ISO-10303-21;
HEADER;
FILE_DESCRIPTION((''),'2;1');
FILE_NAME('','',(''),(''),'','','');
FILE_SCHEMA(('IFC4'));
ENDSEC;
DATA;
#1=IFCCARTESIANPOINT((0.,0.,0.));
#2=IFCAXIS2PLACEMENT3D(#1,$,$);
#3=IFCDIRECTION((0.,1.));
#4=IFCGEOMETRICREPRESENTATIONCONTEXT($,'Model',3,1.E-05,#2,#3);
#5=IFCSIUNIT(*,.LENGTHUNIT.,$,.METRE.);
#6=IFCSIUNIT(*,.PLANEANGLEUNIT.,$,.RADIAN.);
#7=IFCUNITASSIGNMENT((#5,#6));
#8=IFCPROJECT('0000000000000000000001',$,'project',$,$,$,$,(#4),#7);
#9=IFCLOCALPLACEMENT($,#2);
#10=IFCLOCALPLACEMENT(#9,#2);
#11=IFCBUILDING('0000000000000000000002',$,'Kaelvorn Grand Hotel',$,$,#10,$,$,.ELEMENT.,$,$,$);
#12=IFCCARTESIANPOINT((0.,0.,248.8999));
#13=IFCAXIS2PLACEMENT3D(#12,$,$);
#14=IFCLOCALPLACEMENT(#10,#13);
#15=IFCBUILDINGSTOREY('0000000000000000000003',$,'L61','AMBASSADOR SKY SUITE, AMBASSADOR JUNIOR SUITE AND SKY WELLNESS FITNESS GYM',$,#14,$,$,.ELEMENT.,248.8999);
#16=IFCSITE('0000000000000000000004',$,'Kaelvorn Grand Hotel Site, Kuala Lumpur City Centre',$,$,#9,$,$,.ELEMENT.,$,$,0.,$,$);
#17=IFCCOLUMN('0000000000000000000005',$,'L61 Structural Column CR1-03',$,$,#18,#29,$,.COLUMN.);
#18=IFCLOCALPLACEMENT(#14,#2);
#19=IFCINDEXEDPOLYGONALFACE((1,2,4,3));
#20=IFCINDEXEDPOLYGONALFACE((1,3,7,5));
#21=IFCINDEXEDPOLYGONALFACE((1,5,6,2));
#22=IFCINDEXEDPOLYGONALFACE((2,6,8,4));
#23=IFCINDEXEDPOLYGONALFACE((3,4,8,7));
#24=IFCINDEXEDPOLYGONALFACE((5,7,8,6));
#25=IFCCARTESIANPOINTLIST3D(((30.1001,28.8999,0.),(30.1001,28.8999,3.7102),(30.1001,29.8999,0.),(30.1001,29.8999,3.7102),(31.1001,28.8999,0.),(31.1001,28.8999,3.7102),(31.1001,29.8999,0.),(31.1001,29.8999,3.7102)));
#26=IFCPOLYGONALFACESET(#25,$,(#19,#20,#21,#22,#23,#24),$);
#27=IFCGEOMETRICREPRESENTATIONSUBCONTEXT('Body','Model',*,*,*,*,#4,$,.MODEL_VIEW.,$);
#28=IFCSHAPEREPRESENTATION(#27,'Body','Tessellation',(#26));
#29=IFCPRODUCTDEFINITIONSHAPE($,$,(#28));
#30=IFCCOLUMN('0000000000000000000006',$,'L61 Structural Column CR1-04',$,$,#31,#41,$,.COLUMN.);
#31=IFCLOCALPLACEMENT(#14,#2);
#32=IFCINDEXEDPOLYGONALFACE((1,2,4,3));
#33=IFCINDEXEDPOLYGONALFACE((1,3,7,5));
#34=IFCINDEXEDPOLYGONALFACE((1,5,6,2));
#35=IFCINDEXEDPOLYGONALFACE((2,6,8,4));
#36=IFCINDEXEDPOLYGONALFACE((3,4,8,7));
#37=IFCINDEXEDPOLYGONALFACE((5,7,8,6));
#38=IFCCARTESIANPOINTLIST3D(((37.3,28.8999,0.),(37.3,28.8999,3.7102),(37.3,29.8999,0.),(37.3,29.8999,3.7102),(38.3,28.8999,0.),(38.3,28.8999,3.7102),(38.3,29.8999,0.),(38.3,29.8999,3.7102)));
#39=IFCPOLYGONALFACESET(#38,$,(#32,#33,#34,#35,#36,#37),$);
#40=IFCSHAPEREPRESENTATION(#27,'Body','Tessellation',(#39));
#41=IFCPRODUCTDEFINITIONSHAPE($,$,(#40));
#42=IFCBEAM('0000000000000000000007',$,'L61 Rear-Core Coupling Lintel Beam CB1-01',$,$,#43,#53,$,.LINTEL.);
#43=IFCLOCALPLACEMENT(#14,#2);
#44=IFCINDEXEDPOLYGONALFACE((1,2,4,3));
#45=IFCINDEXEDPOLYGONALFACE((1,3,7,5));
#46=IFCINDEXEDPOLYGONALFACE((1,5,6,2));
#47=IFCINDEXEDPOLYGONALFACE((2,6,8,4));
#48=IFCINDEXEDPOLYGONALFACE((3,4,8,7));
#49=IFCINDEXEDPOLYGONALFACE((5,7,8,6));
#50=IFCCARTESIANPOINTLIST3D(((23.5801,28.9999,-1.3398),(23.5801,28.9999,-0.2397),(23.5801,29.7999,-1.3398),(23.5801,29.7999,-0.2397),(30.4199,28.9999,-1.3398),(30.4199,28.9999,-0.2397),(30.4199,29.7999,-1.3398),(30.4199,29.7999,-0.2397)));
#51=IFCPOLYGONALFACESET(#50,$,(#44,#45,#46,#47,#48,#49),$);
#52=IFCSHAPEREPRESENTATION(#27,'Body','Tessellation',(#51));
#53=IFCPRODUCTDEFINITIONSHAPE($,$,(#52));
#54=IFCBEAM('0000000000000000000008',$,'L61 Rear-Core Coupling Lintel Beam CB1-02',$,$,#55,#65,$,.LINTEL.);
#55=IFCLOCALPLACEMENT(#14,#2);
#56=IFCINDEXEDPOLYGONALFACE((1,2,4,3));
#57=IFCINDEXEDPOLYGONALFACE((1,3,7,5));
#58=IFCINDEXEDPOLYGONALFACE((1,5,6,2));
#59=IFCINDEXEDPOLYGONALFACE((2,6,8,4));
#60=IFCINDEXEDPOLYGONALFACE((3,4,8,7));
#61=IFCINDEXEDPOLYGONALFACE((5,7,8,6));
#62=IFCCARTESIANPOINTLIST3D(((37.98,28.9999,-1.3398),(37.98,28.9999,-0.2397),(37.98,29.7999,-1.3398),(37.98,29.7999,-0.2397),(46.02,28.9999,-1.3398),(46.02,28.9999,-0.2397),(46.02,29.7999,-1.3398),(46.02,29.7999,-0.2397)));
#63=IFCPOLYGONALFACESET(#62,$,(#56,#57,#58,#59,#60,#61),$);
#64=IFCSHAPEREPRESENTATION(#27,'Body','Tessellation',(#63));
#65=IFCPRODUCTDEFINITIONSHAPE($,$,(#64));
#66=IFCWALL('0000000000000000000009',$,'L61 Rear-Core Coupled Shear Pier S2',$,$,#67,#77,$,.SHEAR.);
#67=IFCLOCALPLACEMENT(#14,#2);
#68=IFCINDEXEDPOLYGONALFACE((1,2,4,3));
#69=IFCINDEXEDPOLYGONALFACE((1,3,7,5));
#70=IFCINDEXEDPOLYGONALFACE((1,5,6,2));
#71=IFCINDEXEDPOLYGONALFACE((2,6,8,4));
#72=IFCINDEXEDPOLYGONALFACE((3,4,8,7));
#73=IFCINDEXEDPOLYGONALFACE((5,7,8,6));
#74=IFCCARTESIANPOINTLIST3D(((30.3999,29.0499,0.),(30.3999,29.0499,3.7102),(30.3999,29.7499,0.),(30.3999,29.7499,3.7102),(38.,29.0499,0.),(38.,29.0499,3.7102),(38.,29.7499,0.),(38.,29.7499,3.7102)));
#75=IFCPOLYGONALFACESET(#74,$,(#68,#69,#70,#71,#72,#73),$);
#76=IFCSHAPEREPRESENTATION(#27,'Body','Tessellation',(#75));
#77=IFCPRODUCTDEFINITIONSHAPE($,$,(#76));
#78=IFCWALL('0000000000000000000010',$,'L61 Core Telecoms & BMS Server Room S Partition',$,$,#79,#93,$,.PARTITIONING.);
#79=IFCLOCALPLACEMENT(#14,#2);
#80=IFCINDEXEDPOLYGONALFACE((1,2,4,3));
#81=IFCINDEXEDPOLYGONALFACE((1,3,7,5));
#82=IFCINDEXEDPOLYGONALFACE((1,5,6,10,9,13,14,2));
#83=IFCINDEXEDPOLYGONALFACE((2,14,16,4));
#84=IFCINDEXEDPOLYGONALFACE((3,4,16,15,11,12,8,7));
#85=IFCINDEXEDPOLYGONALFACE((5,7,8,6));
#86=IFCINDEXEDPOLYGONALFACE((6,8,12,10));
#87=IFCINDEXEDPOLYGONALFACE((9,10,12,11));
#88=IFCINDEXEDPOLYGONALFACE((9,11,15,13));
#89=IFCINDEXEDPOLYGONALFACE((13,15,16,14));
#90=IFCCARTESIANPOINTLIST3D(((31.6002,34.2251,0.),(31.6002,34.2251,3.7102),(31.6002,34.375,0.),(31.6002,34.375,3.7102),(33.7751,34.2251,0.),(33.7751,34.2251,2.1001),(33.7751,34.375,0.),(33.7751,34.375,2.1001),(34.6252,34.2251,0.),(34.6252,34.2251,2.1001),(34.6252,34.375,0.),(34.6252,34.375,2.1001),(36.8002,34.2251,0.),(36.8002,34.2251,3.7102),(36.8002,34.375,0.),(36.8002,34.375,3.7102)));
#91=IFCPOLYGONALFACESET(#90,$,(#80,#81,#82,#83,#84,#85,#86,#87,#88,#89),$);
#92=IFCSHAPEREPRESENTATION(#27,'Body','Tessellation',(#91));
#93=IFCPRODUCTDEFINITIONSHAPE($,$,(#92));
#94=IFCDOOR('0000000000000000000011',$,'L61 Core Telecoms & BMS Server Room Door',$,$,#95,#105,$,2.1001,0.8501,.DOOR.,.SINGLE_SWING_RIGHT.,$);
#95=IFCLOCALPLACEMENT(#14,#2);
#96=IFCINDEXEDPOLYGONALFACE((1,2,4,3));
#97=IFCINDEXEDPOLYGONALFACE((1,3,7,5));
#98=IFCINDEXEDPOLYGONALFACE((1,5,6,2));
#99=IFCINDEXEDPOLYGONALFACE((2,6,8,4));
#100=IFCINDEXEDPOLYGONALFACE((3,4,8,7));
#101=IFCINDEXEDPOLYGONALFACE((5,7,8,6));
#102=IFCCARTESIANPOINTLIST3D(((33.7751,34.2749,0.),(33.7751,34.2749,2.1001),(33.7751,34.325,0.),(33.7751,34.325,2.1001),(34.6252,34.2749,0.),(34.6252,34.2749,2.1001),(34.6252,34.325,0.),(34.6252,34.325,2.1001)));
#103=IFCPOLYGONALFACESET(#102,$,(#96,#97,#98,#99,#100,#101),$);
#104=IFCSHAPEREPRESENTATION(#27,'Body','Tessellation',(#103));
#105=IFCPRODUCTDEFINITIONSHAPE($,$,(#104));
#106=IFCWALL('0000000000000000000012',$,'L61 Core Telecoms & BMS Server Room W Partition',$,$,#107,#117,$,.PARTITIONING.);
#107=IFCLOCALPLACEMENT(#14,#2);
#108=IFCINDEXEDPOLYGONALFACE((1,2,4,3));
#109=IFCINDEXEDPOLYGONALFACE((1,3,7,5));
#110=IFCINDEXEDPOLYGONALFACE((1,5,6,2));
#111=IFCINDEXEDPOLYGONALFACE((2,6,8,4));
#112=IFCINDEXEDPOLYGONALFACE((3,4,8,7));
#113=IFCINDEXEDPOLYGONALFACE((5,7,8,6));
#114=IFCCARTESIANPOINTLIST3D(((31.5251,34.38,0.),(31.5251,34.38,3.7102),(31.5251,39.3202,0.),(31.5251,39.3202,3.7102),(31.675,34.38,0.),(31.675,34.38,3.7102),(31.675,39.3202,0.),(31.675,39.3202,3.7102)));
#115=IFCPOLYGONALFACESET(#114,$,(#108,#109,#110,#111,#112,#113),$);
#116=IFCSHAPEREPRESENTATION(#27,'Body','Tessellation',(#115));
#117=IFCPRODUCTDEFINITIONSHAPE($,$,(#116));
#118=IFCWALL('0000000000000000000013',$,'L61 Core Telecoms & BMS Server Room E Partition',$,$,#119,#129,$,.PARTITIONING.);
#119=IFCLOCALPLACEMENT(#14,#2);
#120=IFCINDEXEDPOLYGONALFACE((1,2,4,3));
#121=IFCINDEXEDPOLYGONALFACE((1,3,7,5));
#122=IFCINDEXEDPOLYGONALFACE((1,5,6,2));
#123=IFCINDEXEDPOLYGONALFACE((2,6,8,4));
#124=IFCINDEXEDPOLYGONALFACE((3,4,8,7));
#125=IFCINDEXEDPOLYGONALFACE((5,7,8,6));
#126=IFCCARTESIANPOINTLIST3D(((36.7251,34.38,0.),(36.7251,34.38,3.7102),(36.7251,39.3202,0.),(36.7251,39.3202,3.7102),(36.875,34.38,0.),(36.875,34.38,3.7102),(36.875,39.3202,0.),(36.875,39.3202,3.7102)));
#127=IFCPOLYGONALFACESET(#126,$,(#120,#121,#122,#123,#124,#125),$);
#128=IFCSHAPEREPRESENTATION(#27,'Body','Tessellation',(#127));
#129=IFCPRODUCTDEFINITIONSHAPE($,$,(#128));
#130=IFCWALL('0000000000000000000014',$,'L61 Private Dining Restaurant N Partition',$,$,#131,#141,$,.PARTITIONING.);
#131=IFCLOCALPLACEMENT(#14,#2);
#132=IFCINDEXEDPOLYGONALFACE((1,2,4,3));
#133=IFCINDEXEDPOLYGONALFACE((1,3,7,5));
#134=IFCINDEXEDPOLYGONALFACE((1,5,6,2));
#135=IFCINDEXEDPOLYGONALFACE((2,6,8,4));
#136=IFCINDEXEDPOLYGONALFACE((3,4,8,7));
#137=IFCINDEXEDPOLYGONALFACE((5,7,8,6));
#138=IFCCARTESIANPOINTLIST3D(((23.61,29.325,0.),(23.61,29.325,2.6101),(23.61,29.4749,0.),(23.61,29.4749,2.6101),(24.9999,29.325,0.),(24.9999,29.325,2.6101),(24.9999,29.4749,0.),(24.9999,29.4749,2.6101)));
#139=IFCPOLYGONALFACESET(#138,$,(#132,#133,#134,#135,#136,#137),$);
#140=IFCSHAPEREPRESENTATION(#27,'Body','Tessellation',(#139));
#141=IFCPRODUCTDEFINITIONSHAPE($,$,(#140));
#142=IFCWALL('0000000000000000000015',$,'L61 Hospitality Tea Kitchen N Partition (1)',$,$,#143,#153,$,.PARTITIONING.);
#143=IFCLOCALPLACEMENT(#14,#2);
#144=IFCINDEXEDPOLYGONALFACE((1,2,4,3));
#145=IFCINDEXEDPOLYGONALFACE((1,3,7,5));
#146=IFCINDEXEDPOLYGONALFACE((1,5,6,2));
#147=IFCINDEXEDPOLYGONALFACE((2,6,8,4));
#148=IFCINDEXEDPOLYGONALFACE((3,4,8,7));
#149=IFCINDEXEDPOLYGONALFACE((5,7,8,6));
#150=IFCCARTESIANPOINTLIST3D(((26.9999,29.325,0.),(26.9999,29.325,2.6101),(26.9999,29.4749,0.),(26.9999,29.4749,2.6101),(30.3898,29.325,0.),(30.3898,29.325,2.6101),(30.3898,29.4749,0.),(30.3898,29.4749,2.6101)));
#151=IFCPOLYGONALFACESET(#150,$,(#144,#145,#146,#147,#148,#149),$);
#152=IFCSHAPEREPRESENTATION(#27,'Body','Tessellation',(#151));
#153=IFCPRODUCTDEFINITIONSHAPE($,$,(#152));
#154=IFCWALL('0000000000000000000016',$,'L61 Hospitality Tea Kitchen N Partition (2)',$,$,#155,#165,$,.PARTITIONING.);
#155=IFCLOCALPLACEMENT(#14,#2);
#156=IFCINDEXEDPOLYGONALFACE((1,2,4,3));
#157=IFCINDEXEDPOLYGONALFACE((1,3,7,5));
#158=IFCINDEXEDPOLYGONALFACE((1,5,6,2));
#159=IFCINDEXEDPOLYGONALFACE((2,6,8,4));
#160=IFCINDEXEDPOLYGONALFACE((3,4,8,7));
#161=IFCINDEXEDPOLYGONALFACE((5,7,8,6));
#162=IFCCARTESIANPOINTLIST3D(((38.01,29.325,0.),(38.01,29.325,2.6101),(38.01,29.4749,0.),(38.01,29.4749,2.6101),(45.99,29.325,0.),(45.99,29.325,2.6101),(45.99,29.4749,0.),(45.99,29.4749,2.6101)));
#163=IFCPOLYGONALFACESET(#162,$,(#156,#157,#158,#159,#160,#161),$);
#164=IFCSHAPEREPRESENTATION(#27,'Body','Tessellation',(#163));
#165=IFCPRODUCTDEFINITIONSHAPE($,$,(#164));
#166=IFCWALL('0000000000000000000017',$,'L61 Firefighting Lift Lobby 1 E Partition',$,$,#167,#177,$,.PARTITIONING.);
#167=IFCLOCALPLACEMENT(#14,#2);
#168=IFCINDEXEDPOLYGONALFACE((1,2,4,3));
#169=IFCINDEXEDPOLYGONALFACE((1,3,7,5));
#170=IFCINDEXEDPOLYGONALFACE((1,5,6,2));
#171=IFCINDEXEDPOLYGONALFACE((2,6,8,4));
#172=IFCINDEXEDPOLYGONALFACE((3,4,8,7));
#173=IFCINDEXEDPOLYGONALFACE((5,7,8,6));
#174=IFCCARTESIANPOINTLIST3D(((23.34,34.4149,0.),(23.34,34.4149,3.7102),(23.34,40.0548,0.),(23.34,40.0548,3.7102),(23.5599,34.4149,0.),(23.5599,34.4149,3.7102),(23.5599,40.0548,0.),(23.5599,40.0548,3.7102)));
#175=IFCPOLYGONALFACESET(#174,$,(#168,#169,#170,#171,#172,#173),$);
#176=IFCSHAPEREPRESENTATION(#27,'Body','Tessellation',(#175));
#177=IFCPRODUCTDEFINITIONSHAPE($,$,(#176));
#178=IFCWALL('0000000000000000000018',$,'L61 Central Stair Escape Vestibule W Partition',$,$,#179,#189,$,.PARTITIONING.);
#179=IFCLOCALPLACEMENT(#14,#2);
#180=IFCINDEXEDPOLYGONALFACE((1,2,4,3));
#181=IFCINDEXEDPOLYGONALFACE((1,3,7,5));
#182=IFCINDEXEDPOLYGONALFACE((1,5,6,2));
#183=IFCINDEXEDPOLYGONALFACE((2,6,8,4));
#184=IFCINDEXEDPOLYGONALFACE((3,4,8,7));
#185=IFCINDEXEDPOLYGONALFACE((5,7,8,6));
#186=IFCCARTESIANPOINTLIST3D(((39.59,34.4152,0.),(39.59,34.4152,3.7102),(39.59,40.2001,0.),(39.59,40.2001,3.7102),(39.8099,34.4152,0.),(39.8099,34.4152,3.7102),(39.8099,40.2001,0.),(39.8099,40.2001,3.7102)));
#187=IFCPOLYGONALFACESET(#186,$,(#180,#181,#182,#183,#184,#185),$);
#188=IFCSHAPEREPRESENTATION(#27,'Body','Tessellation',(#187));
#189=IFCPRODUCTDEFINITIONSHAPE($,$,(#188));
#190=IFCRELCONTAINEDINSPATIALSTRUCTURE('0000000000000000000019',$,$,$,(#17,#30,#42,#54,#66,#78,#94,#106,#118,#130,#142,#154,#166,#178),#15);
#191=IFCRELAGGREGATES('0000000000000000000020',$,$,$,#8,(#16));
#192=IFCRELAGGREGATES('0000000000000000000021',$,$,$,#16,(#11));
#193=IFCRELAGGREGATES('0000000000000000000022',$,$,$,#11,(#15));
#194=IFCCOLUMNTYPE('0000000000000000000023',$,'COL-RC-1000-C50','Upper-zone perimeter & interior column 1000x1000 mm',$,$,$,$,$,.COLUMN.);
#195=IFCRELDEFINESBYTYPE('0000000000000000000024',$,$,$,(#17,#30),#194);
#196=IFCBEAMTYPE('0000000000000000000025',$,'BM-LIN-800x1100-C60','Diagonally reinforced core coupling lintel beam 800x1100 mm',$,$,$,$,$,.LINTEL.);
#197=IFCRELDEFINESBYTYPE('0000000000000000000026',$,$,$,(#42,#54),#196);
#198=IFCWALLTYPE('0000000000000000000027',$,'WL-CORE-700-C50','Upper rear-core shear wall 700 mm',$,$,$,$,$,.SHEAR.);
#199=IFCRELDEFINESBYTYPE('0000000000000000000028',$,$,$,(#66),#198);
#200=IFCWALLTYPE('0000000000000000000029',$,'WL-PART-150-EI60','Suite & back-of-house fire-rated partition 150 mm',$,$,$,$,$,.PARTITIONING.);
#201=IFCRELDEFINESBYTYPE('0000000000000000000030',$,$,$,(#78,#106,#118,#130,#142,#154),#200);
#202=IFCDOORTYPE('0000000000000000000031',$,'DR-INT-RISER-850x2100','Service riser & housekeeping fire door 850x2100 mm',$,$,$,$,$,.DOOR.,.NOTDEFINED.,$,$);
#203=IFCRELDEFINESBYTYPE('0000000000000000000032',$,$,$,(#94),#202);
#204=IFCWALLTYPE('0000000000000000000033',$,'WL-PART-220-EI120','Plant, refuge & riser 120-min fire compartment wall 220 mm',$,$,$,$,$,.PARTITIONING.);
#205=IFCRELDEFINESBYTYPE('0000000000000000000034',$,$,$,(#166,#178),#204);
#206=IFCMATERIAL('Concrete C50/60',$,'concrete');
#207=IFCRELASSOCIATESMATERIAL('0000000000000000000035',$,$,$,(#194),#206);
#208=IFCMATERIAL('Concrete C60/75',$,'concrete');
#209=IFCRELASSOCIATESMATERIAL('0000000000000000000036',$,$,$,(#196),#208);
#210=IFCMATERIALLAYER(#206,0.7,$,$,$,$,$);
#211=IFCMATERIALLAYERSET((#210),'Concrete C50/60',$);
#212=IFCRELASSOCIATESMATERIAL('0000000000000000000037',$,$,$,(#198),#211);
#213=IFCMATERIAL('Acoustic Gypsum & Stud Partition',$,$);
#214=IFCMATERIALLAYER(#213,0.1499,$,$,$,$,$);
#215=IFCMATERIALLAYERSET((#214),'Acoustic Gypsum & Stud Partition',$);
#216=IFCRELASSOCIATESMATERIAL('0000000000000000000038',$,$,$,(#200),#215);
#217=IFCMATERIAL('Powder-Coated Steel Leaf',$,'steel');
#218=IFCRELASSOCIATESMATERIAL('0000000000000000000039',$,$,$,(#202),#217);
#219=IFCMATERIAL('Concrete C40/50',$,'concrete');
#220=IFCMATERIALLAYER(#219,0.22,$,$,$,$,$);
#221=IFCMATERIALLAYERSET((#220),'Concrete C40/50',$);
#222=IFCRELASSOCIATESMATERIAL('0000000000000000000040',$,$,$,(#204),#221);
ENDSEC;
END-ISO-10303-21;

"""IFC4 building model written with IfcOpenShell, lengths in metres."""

from ifc_helpers import new_model, si_unit, direction, frame, frame_2d, origin, origin_2d, place, context, subcontext, project, spatial, rectangle, extrude, material, layer, layer_set, material_profile, profile_set, type_object, element, fill, save


model = new_model("IFC4")

# Units and contexts
model_context = context("Model", 3, precision=1e-05, world=origin(), true_north=direction((0.0, 1.0)))
body_context = subcontext(model_context, "Body", "Model", "MODEL_VIEW")
ifc_project = project(units=[si_unit("LENGTHUNIT", "METRE"), si_unit("PLANEANGLEUNIT", "RADIAN")], contexts=[model_context])

# Site, building, storey
site_placement = place(None, origin())
site = spatial("IfcSite", under=ifc_project, at=site_placement, Name="Kaelvorn Grand Hotel Site, Kuala Lumpur City Centre", CompositionType="ELEMENT", RefElevation=0.0)
building_placement = place(site_placement, origin())
building = spatial("IfcBuilding", under=site, at=building_placement, Name="Kaelvorn Grand Hotel", CompositionType="ELEMENT")
storey_placement = place(building_placement, frame((0.0, 0.0, 248.8999)))
storey = spatial("IfcBuildingStorey", under=building, at=storey_placement, Name="L61", Description="AMBASSADOR SKY SUITE, AMBASSADOR JUNIOR SUITE AND SKY WELLNESS FITNESS GYM", CompositionType="ELEMENT", Elevation=248.8999)

# Columns
ifc_material_1 = material(Name="Concrete C50/60", Category="concrete")
ifc_material_profile_1 = material_profile(ifc_material_1, rectangle(XDim=1.0, YDim=1.0, at=origin_2d()), Name="RC COL 1000x1000")
ifc_profile_set_1 = profile_set([ifc_material_profile_1], Name="Concrete C50/60")
column_type = type_object("IfcColumnType", Name="COL-RC-1000-C50", Description="Upper-zone perimeter & interior column 1000x1000 mm", PredefinedType="COLUMN", material=ifc_profile_set_1)
for number, where, z_axis, x_axis, name in (
    (1, (30.6001, 29.3999, 0.0), (0.0, 0.0, 1.0), (1.0, 0.0, 0.0), "L61 Structural Column CR1-03"),
    (2, (37.8, 29.3999, 0.0), (0.0, 0.0, 1.0), (1.0, 0.0, 0.0), "L61 Structural Column CR1-04"),
):
    element("IfcColumn", number, at=place(storey_placement, frame(where, z_axis=z_axis, x_axis=x_axis)), inside=storey, type_object=column_type, Name=name, PredefinedType="COLUMN", context=body_context, shape_type="SweptSolid", body=[
        extrude(rectangle(XDim=1.0, YDim=1.0, at=origin_2d()), origin(), (0.0, 0.0, 1.0), 3.7102),
    ])

# Beams
ifc_material_2 = material(Name="Concrete C60/75", Category="concrete")
ifc_material_profile_2 = material_profile(ifc_material_2, rectangle(XDim=0.8, YDim=1.1001, at=origin_2d()), Name="RC LINTEL 800x1100")
ifc_profile_set_2 = profile_set([ifc_material_profile_2], Name="Concrete C60/75")
beam_type = type_object("IfcBeamType", Name="BM-LIN-800x1100-C60", Description="Diagonally reinforced core coupling lintel beam 800x1100 mm", PredefinedType="LINTEL", material=ifc_profile_set_2)
beam_1_placement = place(storey_placement, frame((23.5801, 29.3999, -0.7898), z_axis=(1.0, 0.0, 0.0), x_axis=(0.0, 1.0, 0.0)))
element("IfcBeam", 3, at=beam_1_placement, inside=storey, type_object=beam_type, Name="L61 Rear-Core Coupling Lintel Beam CB1-01", PredefinedType="LINTEL", context=body_context, shape_type="SweptSolid", body=[
    extrude(rectangle(XDim=0.8, YDim=1.1001, at=origin_2d()), origin(), (0.0, 0.0, 1.0), 6.8398),
])
beam_2_placement = place(storey_placement, frame((37.98, 29.3999, -0.7898), z_axis=(1.0, 0.0, 0.0), x_axis=(0.0, 1.0, 0.0)))
element("IfcBeam", 4, at=beam_2_placement, inside=storey, type_object=beam_type, Name="L61 Rear-Core Coupling Lintel Beam CB1-02", PredefinedType="LINTEL", context=body_context, shape_type="SweptSolid", body=[
    extrude(rectangle(XDim=0.8, YDim=1.1001, at=origin_2d()), origin(), (0.0, 0.0, 1.0), 8.04),
])

# Wall
ifc_layer_1 = layer(ifc_material_1, 0.7)
ifc_layer_set_1 = layer_set([ifc_layer_1], Name="Concrete C50/60")
wall_type_1 = type_object("IfcWallType", Name="WL-CORE-700-C50", Description="Upper rear-core shear wall 700 mm", PredefinedType="SHEAR", material=ifc_layer_set_1)
wall_1_placement = place(storey_placement, frame((30.3999, 29.3999, 0.0), z_axis=(0.0, 0.0, 1.0), x_axis=(1.0, 0.0, 0.0)))
element("IfcWall", 5, at=wall_1_placement, inside=storey, type_object=wall_type_1, Name="L61 Rear-Core Coupled Shear Pier S2", PredefinedType="SHEAR", context=body_context, shape_type="SweptSolid", body=[
    extrude(rectangle(XDim=7.6001, YDim=0.7, at=frame_2d((3.8, 0.0))), origin(), (0.0, 0.0, 1.0), 3.7102),
])

# Wall, opening, door
ifc_material_3 = material(Name="Acoustic Gypsum & Stud Partition")
ifc_layer_2 = layer(ifc_material_3, 0.1499)
ifc_layer_set_2 = layer_set([ifc_layer_2], Name="Acoustic Gypsum & Stud Partition")
wall_type_2 = type_object("IfcWallType", Name="WL-PART-150-EI60", Description="Suite & back-of-house fire-rated partition 150 mm", PredefinedType="PARTITIONING", material=ifc_layer_set_2)
wall_2_placement = place(storey_placement, frame((31.6001, 34.3, 0.0), z_axis=(0.0, 0.0, 1.0), x_axis=(1.0, 0.0, 0.0)))
wall_2 = element("IfcWall", 6, at=wall_2_placement, inside=storey, type_object=wall_type_2, Name="L61 Core Telecoms & BMS Server Room S Partition", PredefinedType="PARTITIONING", context=body_context, shape_type="SweptSolid", body=[
    extrude(rectangle(XDim=5.2, YDim=0.1499, at=frame_2d((2.6001, 0.0))), origin(), (0.0, 0.0, 1.0), 3.7102),
])
opening_1_placement = place(wall_2_placement, frame((2.175, 0.0, 0.0)))
opening_1 = element("IfcOpeningElement", 7, at=opening_1_placement, cuts=wall_2, PredefinedType="OPENING", context=body_context, shape_type="SweptSolid", body=[
    extrude(rectangle(XDim=0.8501, YDim=2.1001, at=frame_2d((0.425, 1.05))), frame((0.0, 0.085, 0.0), z_axis=(0.0, -1.0, 0.0), x_axis=(1.0, 0.0, 0.0)), (0.0, 0.0, 1.0), 0.1699),
])
ifc_material_4 = material(Name="Powder-Coated Steel Leaf", Category="steel")
door_type_1 = type_object("IfcDoorType", Name="DR-INT-RISER-850x2100", Description="Service riser & housekeeping fire door 850x2100 mm", OperationType="NOTDEFINED", PredefinedType="DOOR", material=ifc_material_4)
door_1_placement = place(opening_1_placement, origin())
door_1 = element("IfcDoor", 8, at=door_1_placement, inside=storey, type_object=door_type_1, Name="L61 Core Telecoms & BMS Server Room Door", OperationType="SINGLE_SWING_RIGHT", OverallHeight=2.1001, OverallWidth=0.8501, PredefinedType="DOOR", context=body_context, shape_type="SweptSolid", body=[
    extrude(rectangle(XDim=0.8501, YDim=2.1001, at=frame_2d((0.425, 1.05))), frame((0.0, 0.0249, 0.0), z_axis=(0.0, -1.0, 0.0), x_axis=(1.0, 0.0, 0.0)), (0.0, 0.0, 1.0), 0.05),
])
fill(opening_1, door_1)

# Walls
for number, where, z_axis, x_axis, name in (
    (9, (31.6001, 34.3799, 0.0), (0.0, 0.0, 1.0), (0.0, 1.0, 0.0), "L61 Core Telecoms & BMS Server Room W Partition"),
    (10, (36.8, 34.3799, 0.0), (0.0, 0.0, 1.0), (0.0, 1.0, 0.0), "L61 Core Telecoms & BMS Server Room E Partition"),
):
    element("IfcWall", number, at=place(storey_placement, frame(where, z_axis=z_axis, x_axis=x_axis)), inside=storey, type_object=wall_type_2, Name=name, PredefinedType="PARTITIONING", context=body_context, shape_type="SweptSolid", body=[
        extrude(rectangle(XDim=4.9402, YDim=0.1499, at=frame_2d((2.4702, 0.0))), origin(), (0.0, 0.0, 1.0), 3.7102),
    ])
wall_3_placement = place(storey_placement, frame((23.6101, 29.3999, 0.0), z_axis=(0.0, 0.0, 1.0), x_axis=(1.0, 0.0, 0.0)))
element("IfcWall", 11, at=wall_3_placement, inside=storey, type_object=wall_type_2, Name="L61 Private Dining Restaurant N Partition", PredefinedType="PARTITIONING", context=body_context, shape_type="SweptSolid", body=[
    extrude(rectangle(XDim=1.3899, YDim=0.1499, at=frame_2d((0.6948, 0.0))), origin(), (0.0, 0.0, 1.0), 2.6101),
])
wall_4_placement = place(storey_placement, frame((27.0, 29.3999, 0.0), z_axis=(0.0, 0.0, 1.0), x_axis=(1.0, 0.0, 0.0)))
element("IfcWall", 12, at=wall_4_placement, inside=storey, type_object=wall_type_2, Name="L61 Hospitality Tea Kitchen N Partition (1)", PredefinedType="PARTITIONING", context=body_context, shape_type="SweptSolid", body=[
    extrude(rectangle(XDim=3.3899, YDim=0.1499, at=frame_2d((1.6948, 0.0))), origin(), (0.0, 0.0, 1.0), 2.6101),
])
wall_5_placement = place(storey_placement, frame((38.01, 29.3999, 0.0), z_axis=(0.0, 0.0, 1.0), x_axis=(1.0, 0.0, 0.0)))
element("IfcWall", 13, at=wall_5_placement, inside=storey, type_object=wall_type_2, Name="L61 Hospitality Tea Kitchen N Partition (2)", PredefinedType="PARTITIONING", context=body_context, shape_type="SweptSolid", body=[
    extrude(rectangle(XDim=7.98, YDim=0.1499, at=frame_2d((3.99, 0.0))), origin(), (0.0, 0.0, 1.0), 2.6101),
])
ifc_material_5 = material(Name="Concrete C40/50", Category="concrete")
ifc_layer_3 = layer(ifc_material_5, 0.22)
ifc_layer_set_3 = layer_set([ifc_layer_3], Name="Concrete C40/50")
wall_type_3 = type_object("IfcWallType", Name="WL-PART-220-EI120", Description="Plant, refuge & riser 120-min fire compartment wall 220 mm", PredefinedType="PARTITIONING", material=ifc_layer_set_3)
wall_6_placement = place(storey_placement, frame((23.45, 34.415, 0.0), z_axis=(0.0, 0.0, 1.0), x_axis=(0.0, 1.0, 0.0)))
element("IfcWall", 14, at=wall_6_placement, inside=storey, type_object=wall_type_3, Name="L61 Firefighting Lift Lobby 1 E Partition", PredefinedType="PARTITIONING", context=body_context, shape_type="SweptSolid", body=[
    extrude(rectangle(XDim=5.6399, YDim=0.22, at=frame_2d((2.8198, 0.0))), origin(), (0.0, 0.0, 1.0), 3.7102),
])

# Wall
wall_7_placement = place(storey_placement, frame((39.7, 34.415, 0.0), z_axis=(0.0, 0.0, 1.0), x_axis=(0.0, 1.0, 0.0)))
element("IfcWall", 15, at=wall_7_placement, inside=storey, type_object=wall_type_3, Name="L61 Central Stair Escape Vestibule W Partition", PredefinedType="PARTITIONING", context=body_context, shape_type="SweptSolid", body=[
    extrude(rectangle(XDim=5.7849, YDim=0.22, at=frame_2d((2.8926, 0.0))), origin(), (0.0, 0.0, 1.0), 3.7102),
])

save(model, "model.ifc")
